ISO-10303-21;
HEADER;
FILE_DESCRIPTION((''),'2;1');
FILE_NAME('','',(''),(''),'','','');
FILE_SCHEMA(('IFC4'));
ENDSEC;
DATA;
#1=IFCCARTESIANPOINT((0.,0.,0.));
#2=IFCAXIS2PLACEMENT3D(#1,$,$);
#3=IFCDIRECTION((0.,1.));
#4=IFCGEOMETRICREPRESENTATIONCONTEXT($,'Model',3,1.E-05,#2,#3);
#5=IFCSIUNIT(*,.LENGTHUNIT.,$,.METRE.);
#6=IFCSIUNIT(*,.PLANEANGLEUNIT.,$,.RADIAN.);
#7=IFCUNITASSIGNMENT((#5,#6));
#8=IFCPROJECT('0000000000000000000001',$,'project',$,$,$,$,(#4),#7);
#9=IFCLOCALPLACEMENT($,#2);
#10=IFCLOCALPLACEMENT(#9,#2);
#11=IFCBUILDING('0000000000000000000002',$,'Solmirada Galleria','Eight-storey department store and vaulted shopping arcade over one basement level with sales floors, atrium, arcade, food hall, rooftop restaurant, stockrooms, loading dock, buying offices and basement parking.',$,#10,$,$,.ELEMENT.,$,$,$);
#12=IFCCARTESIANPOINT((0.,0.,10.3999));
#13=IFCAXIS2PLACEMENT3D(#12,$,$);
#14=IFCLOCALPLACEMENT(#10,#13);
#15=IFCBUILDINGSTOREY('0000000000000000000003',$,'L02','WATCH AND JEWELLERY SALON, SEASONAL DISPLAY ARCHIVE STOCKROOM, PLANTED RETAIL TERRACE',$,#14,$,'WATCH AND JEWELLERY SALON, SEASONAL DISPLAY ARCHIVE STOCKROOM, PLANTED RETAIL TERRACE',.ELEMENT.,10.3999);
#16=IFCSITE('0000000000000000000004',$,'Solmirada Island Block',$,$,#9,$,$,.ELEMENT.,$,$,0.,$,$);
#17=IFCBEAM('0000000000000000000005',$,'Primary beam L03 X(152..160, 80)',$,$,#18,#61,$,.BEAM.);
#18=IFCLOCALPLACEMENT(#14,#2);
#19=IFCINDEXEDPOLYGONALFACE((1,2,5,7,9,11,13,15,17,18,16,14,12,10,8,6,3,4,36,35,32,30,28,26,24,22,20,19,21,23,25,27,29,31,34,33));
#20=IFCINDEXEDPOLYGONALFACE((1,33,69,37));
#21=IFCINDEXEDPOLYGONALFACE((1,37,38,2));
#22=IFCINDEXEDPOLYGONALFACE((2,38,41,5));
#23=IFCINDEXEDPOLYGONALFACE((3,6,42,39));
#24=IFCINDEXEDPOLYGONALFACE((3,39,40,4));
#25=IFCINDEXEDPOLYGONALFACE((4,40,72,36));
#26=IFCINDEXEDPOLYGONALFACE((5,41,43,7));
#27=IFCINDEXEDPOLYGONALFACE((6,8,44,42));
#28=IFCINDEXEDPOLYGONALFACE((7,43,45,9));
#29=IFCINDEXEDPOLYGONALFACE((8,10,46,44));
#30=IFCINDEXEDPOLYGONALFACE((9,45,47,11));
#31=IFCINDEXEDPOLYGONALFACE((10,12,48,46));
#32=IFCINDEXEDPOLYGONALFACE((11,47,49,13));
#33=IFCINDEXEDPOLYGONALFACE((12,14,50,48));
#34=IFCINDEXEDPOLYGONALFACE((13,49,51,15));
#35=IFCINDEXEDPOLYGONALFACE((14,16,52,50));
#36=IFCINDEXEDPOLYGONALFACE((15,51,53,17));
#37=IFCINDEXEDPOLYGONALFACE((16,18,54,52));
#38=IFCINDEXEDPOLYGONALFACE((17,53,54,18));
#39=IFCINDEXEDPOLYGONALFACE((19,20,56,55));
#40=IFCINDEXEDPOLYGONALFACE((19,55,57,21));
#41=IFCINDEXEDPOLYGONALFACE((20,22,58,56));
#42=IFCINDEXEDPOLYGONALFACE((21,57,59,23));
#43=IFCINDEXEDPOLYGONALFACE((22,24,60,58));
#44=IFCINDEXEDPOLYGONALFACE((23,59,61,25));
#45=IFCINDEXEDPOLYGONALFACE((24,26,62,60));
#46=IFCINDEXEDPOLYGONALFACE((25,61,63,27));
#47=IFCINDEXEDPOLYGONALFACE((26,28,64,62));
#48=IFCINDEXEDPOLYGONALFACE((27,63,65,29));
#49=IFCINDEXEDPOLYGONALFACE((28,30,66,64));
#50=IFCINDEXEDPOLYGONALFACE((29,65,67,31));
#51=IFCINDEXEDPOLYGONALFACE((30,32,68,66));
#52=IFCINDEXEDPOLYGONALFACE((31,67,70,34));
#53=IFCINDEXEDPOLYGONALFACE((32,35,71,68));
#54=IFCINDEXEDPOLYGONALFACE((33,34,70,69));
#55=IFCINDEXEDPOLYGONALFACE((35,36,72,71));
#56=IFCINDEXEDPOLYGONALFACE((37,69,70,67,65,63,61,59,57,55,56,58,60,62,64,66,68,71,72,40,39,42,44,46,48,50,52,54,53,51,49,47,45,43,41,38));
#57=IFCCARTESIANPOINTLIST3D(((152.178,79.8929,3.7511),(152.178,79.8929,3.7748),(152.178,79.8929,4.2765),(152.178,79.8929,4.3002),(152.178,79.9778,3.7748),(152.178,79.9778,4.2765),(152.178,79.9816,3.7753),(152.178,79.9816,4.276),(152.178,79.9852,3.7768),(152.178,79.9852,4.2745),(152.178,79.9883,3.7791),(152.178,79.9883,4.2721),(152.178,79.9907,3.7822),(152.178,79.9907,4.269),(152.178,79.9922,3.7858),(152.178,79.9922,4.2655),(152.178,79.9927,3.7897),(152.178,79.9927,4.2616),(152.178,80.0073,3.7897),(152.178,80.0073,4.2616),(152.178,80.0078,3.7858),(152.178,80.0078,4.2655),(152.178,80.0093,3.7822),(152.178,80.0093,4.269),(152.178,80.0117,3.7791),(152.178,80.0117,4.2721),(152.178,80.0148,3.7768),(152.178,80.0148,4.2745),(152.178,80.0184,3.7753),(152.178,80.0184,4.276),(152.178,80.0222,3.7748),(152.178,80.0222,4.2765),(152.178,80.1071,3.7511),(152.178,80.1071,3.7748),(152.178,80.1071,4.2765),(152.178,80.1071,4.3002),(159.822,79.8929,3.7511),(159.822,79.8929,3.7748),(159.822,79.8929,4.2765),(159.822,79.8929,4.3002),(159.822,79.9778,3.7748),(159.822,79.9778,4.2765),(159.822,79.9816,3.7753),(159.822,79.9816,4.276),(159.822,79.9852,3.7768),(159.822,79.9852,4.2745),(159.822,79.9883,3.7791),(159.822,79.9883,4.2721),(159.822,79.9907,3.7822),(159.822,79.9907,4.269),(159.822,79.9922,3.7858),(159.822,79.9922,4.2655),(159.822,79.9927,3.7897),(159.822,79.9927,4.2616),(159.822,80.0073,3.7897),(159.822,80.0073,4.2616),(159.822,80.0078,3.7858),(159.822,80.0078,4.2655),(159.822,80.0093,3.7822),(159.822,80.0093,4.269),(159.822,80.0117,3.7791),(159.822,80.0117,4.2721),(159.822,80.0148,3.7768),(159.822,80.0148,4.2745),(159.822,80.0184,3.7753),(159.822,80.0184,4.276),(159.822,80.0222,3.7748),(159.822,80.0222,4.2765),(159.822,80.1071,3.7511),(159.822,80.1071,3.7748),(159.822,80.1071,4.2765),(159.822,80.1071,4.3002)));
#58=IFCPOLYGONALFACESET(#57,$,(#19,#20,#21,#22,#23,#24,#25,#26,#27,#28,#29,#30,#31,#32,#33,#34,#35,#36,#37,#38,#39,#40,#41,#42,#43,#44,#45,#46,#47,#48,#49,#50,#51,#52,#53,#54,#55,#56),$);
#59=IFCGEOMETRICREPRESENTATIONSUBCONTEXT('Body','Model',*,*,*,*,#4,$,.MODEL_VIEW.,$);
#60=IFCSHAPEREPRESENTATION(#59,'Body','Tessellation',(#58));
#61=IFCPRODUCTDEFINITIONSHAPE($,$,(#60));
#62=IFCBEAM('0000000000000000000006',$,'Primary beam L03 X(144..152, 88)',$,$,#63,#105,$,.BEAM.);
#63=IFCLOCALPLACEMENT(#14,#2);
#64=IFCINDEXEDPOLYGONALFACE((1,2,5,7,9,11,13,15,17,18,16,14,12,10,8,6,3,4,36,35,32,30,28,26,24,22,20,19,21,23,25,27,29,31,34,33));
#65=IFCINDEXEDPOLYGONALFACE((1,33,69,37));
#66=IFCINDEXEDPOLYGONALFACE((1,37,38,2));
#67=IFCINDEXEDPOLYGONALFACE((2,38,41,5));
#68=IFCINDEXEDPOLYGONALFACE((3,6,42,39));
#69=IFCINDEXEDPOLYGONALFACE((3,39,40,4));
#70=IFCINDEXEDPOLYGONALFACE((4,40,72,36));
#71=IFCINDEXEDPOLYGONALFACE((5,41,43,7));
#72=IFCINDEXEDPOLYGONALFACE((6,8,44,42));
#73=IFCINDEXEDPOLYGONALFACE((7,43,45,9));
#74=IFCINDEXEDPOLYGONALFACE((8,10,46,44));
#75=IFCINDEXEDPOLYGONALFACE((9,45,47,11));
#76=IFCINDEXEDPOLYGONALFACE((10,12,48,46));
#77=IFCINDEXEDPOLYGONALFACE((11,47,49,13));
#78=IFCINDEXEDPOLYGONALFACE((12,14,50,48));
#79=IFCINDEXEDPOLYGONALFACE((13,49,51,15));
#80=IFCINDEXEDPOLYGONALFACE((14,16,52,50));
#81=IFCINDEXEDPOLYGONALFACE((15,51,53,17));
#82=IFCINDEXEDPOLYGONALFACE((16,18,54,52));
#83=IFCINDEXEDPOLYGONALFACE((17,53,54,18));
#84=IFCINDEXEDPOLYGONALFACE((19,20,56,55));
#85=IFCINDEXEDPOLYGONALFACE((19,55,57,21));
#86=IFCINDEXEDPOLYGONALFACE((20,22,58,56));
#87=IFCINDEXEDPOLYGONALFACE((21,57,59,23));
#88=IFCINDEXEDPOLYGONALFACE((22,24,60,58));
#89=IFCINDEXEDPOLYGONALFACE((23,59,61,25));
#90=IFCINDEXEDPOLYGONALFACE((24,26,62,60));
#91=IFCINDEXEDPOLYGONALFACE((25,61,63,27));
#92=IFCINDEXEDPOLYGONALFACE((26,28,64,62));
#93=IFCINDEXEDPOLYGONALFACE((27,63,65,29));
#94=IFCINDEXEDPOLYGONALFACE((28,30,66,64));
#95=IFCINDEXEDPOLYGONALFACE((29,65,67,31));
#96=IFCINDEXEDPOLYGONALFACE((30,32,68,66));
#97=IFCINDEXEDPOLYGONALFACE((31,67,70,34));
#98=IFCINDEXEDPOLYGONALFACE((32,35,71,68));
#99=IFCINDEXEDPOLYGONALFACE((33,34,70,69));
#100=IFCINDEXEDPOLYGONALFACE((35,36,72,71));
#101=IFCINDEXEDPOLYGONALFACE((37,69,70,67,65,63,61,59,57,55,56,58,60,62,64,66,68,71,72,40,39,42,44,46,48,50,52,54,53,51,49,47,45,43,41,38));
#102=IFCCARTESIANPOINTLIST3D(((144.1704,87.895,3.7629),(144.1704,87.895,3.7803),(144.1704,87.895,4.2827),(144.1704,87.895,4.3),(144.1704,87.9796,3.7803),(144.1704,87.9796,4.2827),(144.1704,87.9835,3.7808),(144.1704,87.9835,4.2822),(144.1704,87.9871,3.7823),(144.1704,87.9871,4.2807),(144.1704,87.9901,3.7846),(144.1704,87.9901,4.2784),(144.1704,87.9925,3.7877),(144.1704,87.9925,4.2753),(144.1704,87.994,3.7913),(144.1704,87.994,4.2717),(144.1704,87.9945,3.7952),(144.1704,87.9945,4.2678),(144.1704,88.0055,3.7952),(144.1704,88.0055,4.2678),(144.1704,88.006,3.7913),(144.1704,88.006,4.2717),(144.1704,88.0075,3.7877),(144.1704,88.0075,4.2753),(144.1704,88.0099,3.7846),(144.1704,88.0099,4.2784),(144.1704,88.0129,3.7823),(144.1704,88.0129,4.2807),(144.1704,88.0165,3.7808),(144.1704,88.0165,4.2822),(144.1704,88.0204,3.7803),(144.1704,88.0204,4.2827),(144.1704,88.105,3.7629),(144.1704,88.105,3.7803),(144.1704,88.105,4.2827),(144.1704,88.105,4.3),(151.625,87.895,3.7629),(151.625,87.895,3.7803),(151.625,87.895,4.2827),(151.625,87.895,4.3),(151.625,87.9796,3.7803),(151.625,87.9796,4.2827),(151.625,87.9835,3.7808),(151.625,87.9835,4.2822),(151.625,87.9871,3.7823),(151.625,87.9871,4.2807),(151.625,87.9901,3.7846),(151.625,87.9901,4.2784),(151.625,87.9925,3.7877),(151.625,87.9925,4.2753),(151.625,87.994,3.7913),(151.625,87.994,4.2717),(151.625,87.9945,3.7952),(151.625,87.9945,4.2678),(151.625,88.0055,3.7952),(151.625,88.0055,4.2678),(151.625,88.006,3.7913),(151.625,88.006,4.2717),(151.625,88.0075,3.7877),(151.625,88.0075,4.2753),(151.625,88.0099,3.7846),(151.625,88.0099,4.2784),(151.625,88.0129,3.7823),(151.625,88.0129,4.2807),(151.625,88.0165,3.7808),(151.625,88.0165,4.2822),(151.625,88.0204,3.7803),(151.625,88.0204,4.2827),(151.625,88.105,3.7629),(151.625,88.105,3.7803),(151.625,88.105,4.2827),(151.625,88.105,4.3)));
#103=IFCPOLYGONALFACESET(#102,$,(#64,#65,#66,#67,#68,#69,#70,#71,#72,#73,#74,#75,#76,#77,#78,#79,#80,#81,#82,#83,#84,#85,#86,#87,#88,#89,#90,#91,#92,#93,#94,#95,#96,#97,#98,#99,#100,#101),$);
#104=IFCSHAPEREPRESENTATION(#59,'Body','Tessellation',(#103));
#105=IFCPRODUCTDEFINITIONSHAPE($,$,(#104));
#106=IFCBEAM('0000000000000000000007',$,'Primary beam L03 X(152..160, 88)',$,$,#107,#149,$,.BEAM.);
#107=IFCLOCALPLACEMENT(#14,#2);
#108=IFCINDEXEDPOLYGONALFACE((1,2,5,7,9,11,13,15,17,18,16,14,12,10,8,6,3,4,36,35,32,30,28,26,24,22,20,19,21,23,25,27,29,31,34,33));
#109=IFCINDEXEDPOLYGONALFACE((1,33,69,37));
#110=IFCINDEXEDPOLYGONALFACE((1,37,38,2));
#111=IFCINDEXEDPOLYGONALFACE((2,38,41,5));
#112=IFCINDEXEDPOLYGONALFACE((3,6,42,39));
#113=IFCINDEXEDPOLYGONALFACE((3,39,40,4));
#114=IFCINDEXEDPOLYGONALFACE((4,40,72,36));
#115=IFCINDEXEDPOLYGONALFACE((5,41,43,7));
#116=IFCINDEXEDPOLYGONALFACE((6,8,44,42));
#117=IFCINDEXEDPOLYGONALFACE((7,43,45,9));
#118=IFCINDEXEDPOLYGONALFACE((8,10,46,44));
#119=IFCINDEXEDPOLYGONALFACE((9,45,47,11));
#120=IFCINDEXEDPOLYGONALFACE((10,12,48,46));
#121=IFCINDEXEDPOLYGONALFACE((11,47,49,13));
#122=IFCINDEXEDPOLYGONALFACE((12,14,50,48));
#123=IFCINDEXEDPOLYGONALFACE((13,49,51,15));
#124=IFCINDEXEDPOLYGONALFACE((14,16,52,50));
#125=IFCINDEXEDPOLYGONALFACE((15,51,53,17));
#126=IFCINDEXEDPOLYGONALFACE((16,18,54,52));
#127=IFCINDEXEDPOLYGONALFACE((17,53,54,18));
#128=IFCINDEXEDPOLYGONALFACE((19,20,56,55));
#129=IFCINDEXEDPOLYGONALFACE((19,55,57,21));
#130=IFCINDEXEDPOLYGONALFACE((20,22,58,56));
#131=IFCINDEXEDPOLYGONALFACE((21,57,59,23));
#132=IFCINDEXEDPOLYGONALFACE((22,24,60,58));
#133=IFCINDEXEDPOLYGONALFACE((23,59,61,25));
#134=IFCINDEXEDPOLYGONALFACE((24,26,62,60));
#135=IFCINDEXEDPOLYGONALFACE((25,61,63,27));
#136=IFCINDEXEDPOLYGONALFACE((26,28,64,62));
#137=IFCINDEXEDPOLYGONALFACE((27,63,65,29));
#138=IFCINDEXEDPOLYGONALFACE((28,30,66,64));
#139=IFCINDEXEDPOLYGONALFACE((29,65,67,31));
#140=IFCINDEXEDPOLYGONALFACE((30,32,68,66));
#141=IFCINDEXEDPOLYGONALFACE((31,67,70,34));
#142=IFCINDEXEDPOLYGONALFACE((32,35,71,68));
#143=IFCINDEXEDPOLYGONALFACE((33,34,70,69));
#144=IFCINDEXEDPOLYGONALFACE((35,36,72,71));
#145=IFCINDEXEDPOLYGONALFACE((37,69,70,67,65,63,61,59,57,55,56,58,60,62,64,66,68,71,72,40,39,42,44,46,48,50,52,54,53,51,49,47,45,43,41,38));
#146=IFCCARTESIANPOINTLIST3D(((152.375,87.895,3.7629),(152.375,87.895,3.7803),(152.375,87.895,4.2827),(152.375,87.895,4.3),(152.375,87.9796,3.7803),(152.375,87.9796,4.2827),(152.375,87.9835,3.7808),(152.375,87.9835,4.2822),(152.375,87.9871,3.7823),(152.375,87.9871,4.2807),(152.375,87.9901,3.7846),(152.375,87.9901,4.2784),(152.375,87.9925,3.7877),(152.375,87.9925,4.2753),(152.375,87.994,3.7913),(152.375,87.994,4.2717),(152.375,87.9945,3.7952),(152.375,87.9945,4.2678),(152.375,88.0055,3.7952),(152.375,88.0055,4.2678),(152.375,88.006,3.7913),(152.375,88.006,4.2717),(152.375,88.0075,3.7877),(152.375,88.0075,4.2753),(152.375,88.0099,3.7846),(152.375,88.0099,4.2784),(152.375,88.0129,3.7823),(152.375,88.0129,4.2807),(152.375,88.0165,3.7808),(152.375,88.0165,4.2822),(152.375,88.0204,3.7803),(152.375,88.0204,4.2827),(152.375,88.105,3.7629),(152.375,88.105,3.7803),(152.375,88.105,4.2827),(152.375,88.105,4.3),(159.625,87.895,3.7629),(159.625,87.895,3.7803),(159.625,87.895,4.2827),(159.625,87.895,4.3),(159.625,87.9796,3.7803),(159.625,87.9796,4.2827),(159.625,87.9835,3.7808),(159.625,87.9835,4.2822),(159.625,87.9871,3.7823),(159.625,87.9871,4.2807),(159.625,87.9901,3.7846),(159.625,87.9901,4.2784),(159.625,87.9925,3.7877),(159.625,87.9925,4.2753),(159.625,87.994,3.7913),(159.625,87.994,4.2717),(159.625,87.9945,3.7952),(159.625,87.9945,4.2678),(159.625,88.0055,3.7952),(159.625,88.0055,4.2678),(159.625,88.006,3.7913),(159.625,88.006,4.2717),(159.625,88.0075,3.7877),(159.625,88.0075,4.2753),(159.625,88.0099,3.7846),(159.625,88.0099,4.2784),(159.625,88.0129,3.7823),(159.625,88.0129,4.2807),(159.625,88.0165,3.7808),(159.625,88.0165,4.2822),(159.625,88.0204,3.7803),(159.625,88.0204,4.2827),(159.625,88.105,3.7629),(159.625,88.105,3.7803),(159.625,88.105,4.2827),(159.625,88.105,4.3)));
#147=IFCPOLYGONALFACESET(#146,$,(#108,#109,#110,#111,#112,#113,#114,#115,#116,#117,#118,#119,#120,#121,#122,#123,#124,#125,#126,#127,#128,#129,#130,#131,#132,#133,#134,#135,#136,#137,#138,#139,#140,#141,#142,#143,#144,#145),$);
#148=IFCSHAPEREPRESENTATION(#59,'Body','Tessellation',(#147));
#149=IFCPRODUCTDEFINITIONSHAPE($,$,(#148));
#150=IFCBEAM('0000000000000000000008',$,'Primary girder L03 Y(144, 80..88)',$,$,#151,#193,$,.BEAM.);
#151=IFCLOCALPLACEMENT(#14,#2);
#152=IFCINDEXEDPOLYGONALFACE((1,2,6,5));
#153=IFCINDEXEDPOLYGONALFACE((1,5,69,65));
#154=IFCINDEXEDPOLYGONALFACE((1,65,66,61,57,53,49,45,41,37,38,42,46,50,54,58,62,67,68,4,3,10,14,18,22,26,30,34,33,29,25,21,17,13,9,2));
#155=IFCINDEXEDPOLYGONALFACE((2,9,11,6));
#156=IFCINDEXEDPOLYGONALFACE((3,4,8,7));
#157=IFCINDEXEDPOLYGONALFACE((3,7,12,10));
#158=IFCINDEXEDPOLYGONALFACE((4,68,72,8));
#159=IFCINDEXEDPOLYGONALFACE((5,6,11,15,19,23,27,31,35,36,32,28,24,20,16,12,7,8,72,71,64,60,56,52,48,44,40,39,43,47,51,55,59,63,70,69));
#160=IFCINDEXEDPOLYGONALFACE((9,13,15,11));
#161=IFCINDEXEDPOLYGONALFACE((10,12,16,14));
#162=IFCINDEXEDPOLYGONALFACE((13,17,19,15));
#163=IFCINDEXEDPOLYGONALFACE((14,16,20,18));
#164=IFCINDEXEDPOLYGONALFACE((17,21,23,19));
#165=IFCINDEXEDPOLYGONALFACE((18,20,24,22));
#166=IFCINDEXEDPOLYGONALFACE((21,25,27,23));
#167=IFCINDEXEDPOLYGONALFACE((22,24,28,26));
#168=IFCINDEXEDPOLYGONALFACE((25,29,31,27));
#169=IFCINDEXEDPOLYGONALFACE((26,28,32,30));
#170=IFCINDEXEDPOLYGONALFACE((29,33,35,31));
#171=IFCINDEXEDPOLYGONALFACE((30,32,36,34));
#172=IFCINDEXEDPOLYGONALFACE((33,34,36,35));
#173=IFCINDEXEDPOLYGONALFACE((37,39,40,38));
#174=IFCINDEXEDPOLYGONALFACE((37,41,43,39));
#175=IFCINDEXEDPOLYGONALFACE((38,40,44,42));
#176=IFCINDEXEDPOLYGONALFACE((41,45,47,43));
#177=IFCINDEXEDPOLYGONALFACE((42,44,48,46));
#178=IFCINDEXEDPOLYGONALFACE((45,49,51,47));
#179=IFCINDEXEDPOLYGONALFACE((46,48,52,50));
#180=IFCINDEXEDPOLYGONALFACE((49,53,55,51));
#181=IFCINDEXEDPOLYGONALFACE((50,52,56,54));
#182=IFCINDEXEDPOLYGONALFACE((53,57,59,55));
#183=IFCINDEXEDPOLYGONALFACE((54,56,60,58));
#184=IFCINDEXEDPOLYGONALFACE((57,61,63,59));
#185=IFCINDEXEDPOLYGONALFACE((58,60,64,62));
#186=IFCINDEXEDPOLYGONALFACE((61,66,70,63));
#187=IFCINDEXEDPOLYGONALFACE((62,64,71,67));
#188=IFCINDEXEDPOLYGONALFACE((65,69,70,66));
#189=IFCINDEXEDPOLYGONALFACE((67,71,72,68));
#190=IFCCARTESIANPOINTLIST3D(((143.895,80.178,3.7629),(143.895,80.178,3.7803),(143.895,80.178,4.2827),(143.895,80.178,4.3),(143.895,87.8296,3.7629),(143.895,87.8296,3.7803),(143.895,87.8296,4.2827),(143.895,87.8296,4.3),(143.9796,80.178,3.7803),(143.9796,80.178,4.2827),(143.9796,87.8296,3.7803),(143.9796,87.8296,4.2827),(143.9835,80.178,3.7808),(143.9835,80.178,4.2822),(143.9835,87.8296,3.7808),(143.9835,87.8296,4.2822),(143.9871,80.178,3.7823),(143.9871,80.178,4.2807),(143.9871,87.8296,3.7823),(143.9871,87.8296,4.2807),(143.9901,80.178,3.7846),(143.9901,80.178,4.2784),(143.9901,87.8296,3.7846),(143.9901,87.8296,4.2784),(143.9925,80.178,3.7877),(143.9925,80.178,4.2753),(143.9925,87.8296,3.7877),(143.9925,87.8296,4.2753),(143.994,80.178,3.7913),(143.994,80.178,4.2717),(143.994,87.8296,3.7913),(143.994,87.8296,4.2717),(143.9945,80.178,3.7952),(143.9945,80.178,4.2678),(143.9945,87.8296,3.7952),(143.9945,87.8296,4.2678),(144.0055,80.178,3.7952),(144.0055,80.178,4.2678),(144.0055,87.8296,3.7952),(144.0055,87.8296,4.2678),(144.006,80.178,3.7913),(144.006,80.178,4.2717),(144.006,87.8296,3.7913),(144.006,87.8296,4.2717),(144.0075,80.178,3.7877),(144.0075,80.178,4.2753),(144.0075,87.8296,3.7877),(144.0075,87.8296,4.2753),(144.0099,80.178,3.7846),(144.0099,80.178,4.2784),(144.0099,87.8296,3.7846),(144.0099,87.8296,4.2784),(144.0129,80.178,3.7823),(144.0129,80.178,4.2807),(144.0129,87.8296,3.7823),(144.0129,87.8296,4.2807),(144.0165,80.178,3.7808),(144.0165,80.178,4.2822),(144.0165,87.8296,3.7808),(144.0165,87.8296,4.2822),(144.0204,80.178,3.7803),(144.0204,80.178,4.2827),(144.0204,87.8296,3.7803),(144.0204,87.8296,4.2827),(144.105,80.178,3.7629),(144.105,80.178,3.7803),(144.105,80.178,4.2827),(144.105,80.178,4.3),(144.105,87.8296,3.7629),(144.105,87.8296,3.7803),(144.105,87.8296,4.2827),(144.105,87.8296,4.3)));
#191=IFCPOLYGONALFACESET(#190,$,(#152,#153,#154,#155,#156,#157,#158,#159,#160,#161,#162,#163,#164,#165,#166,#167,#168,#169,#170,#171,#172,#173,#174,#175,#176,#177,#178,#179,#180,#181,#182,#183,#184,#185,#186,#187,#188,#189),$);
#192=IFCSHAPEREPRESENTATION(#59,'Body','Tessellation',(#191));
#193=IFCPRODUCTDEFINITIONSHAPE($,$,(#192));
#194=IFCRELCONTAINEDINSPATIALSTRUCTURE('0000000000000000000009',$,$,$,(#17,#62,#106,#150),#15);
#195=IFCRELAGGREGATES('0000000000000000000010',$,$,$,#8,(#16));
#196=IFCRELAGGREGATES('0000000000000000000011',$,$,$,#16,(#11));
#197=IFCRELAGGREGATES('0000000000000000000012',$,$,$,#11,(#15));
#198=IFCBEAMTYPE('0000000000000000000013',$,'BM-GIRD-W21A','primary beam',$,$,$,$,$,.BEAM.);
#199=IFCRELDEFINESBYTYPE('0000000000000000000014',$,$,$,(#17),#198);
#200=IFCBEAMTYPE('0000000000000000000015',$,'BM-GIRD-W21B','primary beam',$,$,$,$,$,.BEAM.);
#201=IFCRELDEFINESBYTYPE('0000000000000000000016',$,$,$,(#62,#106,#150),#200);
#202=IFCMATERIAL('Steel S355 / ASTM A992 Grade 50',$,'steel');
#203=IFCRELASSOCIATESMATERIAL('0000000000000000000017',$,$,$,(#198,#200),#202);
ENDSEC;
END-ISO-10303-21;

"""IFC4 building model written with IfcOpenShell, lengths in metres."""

from ifc_helpers import new_model, si_unit, direction, frame, origin, origin_2d, place, context, subcontext, project, spatial, i_section, extrude, material, material_profile, profile_set, type_object, element, save


model = new_model("IFC4")

# Units and contexts
model_context = context("Model", 3, precision=1e-05, world=origin(), true_north=direction((0.0, 1.0)))
body_context = subcontext(model_context, "Body", "Model", "MODEL_VIEW")
ifc_project = project(units=[si_unit("LENGTHUNIT", "METRE"), si_unit("PLANEANGLEUNIT", "RADIAN")], contexts=[model_context])

# Site, building, storey
site_placement = place(None, origin())
site = spatial("IfcSite", under=ifc_project, at=site_placement, Name="Solmirada Island Block", CompositionType="ELEMENT", RefElevation=0.0)
building_placement = place(site_placement, origin())
building = spatial("IfcBuilding", under=site, at=building_placement, Name="Solmirada Galleria", Description="Eight-storey department store and vaulted shopping arcade over one basement level with sales floors, atrium, arcade, food hall, rooftop restaurant, stockrooms, loading dock, buying offices and basement parking.", CompositionType="ELEMENT")
storey_placement = place(building_placement, frame((0.0, 0.0, 10.3999)))
storey = spatial("IfcBuildingStorey", under=building, at=storey_placement, Name="L02", Description="WATCH AND JEWELLERY SALON, SEASONAL DISPLAY ARCHIVE STOCKROOM, PLANTED RETAIL TERRACE", LongName="WATCH AND JEWELLERY SALON, SEASONAL DISPLAY ARCHIVE STOCKROOM, PLANTED RETAIL TERRACE", CompositionType="ELEMENT", Elevation=10.3999)

# Beams
ifc_material_1 = material(Name="Steel S355 / ASTM A992 Grade 50", Category="steel")
ifc_material_profile_1 = material_profile(ifc_material_1, i_section(OverallWidth=0.2141, OverallDepth=0.5491, WebThickness=0.0146, FlangeThickness=0.0237, FilletRadius=0.0149, at=origin_2d()), Name="W21X93")
ifc_profile_set_1 = profile_set([ifc_material_profile_1], Name="Steel S355 / ASTM A992 Grade 50")
beam_type_1 = type_object("IfcBeamType", Name="BM-GIRD-W21A", Description="primary beam", PredefinedType="BEAM", material=ifc_profile_set_1)
for number, where, z_axis, x_axis, name in (
    (1, (152.178, 80.0, 4.0256), (1.0, 0.0, 0.0), (0.0, 1.0, 0.0), "Primary beam L03 X(152..160, 80)"),
):
    element("IfcBeam", number, at=place(storey_placement, frame(where, z_axis=z_axis, x_axis=x_axis)), inside=storey, type_object=beam_type_1, Name=name, PredefinedType="BEAM", context=body_context, shape_type="SweptSolid", body=[
        extrude(i_section(OverallWidth=0.2141, OverallDepth=0.5491, WebThickness=0.0146, FlangeThickness=0.0237, FilletRadius=0.0149, at=origin_2d()), origin(), (0.0, 0.0, 1.0), 7.644),
    ])
ifc_material_profile_2 = material_profile(ifc_material_1, i_section(OverallWidth=0.21, OverallDepth=0.5371, WebThickness=0.011, FlangeThickness=0.0173, FilletRadius=0.0149, at=origin_2d()), Name="W21X68")
ifc_profile_set_2 = profile_set([ifc_material_profile_2], Name="Steel S355 / ASTM A992 Grade 50")
beam_type_2 = type_object("IfcBeamType", Name="BM-GIRD-W21B", Description="primary beam", PredefinedType="BEAM", material=ifc_profile_set_2)
beam_1_placement = place(storey_placement, frame((144.1704, 88.0, 4.0315), z_axis=(1.0, 0.0, 0.0), x_axis=(0.0, 1.0, 0.0)))
element("IfcBeam", 2, at=beam_1_placement, inside=storey, type_object=beam_type_2, Name="Primary beam L03 X(144..152, 88)", PredefinedType="BEAM", context=body_context, shape_type="SweptSolid", body=[
    extrude(i_section(OverallWidth=0.21, OverallDepth=0.5371, WebThickness=0.011, FlangeThickness=0.0173, FilletRadius=0.0149, at=origin_2d()), origin(), (0.0, 0.0, 1.0), 7.4546),
])
beam_2_placement = place(storey_placement, frame((152.375, 88.0, 4.0315), z_axis=(1.0, 0.0, 0.0), x_axis=(0.0, 1.0, 0.0)))
element("IfcBeam", 3, at=beam_2_placement, inside=storey, type_object=beam_type_2, Name="Primary beam L03 X(152..160, 88)", PredefinedType="BEAM", context=body_context, shape_type="SweptSolid", body=[
    extrude(i_section(OverallWidth=0.21, OverallDepth=0.5371, WebThickness=0.011, FlangeThickness=0.0173, FilletRadius=0.0149, at=origin_2d()), origin(), (0.0, 0.0, 1.0), 7.25),
])
beam_3_placement = place(storey_placement, frame((144.0, 80.178, 4.0315), z_axis=(0.0, 1.0, 0.0), x_axis=(-1.0, 0.0, 0.0)))
element("IfcBeam", 4, at=beam_3_placement, inside=storey, type_object=beam_type_2, Name="Primary girder L03 Y(144, 80..88)", PredefinedType="BEAM", context=body_context, shape_type="SweptSolid", body=[
    extrude(i_section(OverallWidth=0.21, OverallDepth=0.5371, WebThickness=0.011, FlangeThickness=0.0173, FilletRadius=0.0149, at=origin_2d()), origin(), (0.0, 0.0, 1.0), 7.6516),
])

save(model, "model.ifc")
